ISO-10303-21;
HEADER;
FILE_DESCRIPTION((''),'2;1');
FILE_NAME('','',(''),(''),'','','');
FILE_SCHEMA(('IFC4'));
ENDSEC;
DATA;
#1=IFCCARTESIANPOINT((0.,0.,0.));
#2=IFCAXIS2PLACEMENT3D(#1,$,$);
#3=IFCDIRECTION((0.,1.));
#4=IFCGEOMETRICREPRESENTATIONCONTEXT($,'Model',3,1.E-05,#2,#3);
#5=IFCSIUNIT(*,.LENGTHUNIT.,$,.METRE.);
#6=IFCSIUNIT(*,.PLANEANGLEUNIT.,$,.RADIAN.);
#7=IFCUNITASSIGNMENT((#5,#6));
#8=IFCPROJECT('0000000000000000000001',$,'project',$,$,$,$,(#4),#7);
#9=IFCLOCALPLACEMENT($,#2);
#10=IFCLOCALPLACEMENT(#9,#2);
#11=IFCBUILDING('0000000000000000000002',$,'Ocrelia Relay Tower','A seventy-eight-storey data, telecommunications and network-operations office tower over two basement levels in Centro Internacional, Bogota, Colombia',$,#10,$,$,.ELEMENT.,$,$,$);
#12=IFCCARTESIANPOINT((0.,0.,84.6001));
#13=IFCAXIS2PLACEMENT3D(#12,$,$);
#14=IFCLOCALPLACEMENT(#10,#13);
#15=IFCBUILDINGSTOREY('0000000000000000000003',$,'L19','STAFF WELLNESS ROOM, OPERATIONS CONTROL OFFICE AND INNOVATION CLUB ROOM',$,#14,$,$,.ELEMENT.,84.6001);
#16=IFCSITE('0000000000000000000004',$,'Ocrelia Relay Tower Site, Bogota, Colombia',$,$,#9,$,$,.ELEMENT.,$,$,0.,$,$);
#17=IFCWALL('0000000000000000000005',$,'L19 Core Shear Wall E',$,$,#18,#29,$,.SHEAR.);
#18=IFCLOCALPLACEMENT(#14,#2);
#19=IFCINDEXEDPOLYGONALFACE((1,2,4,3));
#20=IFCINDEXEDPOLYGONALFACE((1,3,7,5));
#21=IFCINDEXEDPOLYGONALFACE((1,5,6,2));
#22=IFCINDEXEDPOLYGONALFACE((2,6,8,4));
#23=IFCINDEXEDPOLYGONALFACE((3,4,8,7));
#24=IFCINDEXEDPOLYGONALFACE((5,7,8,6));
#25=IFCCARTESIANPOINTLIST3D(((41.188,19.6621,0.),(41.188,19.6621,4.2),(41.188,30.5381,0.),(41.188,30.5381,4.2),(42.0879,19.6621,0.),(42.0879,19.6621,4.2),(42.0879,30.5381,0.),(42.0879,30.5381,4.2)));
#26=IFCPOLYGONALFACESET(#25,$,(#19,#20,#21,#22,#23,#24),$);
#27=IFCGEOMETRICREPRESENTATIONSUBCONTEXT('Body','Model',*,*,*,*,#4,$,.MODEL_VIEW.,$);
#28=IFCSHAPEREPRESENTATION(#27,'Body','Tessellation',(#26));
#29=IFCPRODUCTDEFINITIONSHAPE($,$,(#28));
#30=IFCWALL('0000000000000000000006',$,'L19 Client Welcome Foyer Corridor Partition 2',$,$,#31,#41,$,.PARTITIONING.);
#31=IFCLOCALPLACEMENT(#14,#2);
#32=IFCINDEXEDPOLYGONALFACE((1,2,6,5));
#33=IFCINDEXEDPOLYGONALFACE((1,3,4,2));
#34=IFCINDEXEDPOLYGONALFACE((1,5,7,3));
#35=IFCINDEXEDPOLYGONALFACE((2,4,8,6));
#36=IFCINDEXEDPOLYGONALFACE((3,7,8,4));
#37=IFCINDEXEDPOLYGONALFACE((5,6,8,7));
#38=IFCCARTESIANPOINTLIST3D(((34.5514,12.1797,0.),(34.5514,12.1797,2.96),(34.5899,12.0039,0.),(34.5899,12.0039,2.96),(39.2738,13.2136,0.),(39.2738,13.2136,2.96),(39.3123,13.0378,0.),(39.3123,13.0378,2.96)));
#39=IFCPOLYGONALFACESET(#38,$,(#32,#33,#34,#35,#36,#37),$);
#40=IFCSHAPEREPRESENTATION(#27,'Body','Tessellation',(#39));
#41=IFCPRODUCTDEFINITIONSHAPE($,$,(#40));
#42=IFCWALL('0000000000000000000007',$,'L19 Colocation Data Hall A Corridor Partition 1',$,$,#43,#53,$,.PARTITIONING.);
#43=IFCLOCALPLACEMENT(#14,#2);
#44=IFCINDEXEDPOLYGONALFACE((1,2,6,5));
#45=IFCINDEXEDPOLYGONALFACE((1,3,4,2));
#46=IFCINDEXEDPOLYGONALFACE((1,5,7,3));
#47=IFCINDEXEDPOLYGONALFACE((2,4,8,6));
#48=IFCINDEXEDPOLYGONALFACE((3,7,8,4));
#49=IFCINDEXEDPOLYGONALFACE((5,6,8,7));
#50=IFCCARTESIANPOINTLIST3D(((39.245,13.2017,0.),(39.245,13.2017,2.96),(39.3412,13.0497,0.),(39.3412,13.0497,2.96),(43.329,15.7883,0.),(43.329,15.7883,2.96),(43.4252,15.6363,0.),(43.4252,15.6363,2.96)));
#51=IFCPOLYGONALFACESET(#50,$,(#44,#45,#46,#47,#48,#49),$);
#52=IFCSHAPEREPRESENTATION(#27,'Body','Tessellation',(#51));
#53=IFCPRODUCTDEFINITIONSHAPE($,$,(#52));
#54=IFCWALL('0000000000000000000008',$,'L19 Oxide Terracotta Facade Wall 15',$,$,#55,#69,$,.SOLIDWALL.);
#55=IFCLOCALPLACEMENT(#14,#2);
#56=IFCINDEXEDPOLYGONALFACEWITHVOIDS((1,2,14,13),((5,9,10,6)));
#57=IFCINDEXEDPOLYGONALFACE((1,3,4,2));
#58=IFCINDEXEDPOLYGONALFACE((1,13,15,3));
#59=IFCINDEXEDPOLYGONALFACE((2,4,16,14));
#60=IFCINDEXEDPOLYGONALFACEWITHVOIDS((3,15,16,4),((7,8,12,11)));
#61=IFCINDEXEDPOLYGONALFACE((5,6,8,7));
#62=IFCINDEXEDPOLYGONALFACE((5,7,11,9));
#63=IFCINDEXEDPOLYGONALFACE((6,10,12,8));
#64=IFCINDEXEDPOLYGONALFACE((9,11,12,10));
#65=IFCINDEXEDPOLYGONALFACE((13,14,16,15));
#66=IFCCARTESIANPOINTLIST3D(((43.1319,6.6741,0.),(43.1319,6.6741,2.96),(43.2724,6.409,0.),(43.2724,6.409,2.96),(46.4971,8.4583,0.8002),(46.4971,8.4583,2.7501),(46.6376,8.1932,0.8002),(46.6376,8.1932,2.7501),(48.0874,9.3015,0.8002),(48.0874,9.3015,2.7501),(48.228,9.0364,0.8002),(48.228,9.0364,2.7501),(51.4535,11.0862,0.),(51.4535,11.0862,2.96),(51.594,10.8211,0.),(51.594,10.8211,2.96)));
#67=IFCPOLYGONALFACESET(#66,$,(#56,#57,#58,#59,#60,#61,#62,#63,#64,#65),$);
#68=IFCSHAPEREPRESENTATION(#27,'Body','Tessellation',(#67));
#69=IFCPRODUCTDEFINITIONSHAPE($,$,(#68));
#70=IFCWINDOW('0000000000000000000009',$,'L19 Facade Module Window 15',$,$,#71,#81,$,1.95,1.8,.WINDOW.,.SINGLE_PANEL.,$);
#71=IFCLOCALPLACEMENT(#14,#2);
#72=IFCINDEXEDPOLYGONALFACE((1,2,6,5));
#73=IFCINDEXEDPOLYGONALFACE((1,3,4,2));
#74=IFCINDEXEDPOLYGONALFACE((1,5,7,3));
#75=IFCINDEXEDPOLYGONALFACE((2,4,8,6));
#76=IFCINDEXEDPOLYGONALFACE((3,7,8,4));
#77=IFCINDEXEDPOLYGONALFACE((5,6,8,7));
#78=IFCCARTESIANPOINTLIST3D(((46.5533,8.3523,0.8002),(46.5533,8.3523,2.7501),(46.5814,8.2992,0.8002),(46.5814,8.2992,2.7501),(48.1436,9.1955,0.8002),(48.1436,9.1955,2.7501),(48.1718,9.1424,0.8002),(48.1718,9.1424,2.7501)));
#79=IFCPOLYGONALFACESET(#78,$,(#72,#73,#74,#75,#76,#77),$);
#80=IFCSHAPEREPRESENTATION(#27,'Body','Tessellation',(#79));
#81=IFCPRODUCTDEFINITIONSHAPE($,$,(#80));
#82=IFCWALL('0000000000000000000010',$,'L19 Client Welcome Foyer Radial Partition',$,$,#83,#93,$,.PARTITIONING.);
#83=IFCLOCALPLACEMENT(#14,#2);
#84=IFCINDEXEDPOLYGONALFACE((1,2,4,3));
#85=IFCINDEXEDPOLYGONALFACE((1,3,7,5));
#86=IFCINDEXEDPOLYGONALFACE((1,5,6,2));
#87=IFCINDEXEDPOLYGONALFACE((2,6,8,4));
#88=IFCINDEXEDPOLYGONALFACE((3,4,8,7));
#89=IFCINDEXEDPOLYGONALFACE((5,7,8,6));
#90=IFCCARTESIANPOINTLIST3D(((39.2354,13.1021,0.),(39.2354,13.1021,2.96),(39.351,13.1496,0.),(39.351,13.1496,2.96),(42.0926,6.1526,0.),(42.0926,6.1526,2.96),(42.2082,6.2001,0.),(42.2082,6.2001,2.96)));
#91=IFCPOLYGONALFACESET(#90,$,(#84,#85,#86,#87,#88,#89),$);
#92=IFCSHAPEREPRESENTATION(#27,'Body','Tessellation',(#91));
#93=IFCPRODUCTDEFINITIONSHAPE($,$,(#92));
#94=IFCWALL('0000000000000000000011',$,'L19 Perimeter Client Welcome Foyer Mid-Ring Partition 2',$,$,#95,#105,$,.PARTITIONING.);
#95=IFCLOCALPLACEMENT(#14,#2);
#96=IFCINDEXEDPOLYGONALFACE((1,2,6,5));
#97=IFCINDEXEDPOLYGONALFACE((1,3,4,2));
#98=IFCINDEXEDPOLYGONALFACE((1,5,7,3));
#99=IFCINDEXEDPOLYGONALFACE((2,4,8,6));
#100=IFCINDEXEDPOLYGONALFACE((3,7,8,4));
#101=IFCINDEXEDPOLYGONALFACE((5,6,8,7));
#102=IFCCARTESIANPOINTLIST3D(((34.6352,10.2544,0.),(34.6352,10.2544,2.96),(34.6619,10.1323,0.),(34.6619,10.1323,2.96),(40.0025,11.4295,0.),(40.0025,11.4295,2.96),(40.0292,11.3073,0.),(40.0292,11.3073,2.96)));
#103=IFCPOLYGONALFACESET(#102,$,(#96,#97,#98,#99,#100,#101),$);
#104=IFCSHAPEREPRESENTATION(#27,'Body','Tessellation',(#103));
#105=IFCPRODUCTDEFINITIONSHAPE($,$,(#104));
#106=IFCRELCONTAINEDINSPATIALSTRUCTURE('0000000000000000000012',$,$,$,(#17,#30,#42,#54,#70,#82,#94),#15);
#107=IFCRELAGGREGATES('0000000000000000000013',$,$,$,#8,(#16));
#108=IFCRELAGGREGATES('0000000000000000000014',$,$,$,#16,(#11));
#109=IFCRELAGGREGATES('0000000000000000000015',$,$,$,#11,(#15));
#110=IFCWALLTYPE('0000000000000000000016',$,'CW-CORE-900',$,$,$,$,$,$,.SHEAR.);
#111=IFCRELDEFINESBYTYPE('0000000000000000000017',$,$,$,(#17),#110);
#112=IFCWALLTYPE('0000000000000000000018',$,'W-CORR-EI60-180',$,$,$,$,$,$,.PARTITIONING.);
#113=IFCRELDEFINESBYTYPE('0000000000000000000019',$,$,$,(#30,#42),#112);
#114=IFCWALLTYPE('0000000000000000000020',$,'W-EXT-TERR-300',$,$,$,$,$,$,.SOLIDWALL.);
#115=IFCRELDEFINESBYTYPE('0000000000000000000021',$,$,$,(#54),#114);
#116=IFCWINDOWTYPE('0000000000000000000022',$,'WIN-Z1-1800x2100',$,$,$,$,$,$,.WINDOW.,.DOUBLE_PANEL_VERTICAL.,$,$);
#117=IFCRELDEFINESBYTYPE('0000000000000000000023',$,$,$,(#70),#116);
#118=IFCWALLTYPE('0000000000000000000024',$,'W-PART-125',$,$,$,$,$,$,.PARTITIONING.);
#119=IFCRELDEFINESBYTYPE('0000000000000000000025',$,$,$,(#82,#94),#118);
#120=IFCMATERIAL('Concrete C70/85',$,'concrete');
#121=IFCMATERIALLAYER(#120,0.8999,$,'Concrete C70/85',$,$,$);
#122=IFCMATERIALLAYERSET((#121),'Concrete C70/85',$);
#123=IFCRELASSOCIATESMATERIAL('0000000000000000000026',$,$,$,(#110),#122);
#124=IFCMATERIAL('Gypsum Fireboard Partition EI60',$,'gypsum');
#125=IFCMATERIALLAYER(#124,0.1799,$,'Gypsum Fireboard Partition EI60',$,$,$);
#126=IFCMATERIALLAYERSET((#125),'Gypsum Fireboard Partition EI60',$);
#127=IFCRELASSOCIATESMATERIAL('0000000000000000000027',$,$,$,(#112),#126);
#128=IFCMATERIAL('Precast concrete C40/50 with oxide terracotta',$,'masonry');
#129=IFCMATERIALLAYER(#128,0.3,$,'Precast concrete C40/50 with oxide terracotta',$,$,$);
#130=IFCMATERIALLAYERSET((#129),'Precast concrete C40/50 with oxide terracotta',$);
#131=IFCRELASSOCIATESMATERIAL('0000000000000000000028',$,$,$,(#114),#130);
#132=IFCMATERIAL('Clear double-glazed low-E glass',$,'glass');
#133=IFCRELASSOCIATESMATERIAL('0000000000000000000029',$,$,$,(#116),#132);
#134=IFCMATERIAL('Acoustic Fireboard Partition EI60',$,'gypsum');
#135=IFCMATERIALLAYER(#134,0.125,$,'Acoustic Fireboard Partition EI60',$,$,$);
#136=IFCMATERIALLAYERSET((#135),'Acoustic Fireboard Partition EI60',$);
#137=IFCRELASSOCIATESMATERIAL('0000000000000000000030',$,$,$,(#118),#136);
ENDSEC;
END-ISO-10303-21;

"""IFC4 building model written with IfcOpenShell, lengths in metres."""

from ifc_helpers import new_model, si_unit, direction, frame, frame_2d, origin, place, context, subcontext, project, spatial, rectangle, extrude, material, layer, layer_set, type_object, element, fill, save


model = new_model("IFC4")

# Units and contexts
model_context = context("Model", 3, precision=1e-05, world=origin(), true_north=direction((0.0, 1.0)))
body_context = subcontext(model_context, "Body", "Model", "MODEL_VIEW")
ifc_project = project(units=[si_unit("LENGTHUNIT", "METRE"), si_unit("PLANEANGLEUNIT", "RADIAN")], contexts=[model_context])

# Site, building, storey
site_placement = place(None, origin())
site = spatial("IfcSite", under=ifc_project, at=site_placement, Name="Ocrelia Relay Tower Site, Bogota, Colombia", CompositionType="ELEMENT", RefElevation=0.0)
building_placement = place(site_placement, origin())
building = spatial("IfcBuilding", under=site, at=building_placement, Name="Ocrelia Relay Tower", Description="A seventy-eight-storey data, telecommunications and network-operations office tower over two basement levels in Centro Internacional, Bogota, Colombia", CompositionType="ELEMENT")
storey_placement = place(building_placement, frame((0.0, 0.0, 84.6001)))
storey = spatial("IfcBuildingStorey", under=building, at=storey_placement, Name="L19", Description="STAFF WELLNESS ROOM, OPERATIONS CONTROL OFFICE AND INNOVATION CLUB ROOM", CompositionType="ELEMENT", Elevation=84.6001)

# Shared definitions
ifc_material_1 = material(Name="Concrete C70/85", Category="concrete")

# Walls
ifc_layer_1 = layer(ifc_material_1, 0.8999, Name="Concrete C70/85")
ifc_layer_set_1 = layer_set([ifc_layer_1], Name="Concrete C70/85")
wall_type_1 = type_object("IfcWallType", Name="CW-CORE-900", PredefinedType="SHEAR", material=ifc_layer_set_1)
wall_1_placement = place(storey_placement, frame((41.6379, 19.6621, 0.0), z_axis=(0.0, 0.0, 1.0), x_axis=(0.0, 1.0, 0.0)))
element("IfcWall", 1, at=wall_1_placement, inside=storey, type_object=wall_type_1, Name="L19 Core Shear Wall E", PredefinedType="SHEAR", context=body_context, shape_type="SweptSolid", body=[
    extrude(rectangle(XDim=10.876, YDim=0.8999, at=frame_2d((5.438, 0.0))), origin(), (0.0, 0.0, 1.0), 4.2),
])
ifc_material_2 = material(Name="Gypsum Fireboard Partition EI60", Category="gypsum")
ifc_layer_2 = layer(ifc_material_2, 0.1799, Name="Gypsum Fireboard Partition EI60")
ifc_layer_set_2 = layer_set([ifc_layer_2], Name="Gypsum Fireboard Partition EI60")
wall_type_2 = type_object("IfcWallType", Name="W-CORR-EI60-180", PredefinedType="PARTITIONING", material=ifc_layer_set_2)
for number, where, z_axis, x_axis, name in (
    (2, (34.5708, 12.0918, 0.0), (0.0, 0.0, 1.0), (0.976861, 0.213876, 0.0), "L19 Client Welcome Foyer Corridor Partition 2"),
    (3, (39.2932, 13.1257, 0.0), (0.0, 0.0, 1.0), (0.844805, 0.535074, 0.0), "L19 Colocation Data Hall A Corridor Partition 1"),
):
    element("IfcWall", number, at=place(storey_placement, frame(where, z_axis=z_axis, x_axis=x_axis)), inside=storey, type_object=wall_type_2, Name=name, PredefinedType="PARTITIONING", context=body_context, shape_type="SweptSolid", body=[
        extrude(rectangle(XDim=4.8342, YDim=0.1799, at=frame_2d((2.417, 0.0))), origin(), (0.0, 0.0, 1.0), 2.96),
    ])

# Shared definitions
ifc_material_3 = material(Name="Precast concrete C40/50 with oxide terracotta", Category="masonry")
ifc_layer_3 = layer(ifc_material_3, 0.3, Name="Precast concrete C40/50 with oxide terracotta")
ifc_layer_set_3 = layer_set([ifc_layer_3], Name="Precast concrete C40/50 with oxide terracotta")
wall_type_3 = type_object("IfcWallType", Name="W-EXT-TERR-300", PredefinedType="SOLIDWALL", material=ifc_layer_set_3)

# Wall, opening, window
wall_2_placement = place(storey_placement, frame((43.2021, 6.5415, 0.0), z_axis=(0.0, 0.0, 1.0), x_axis=(0.883498, 0.468434, 0.0)))
wall_2 = element("IfcWall", 4, at=wall_2_placement, inside=storey, type_object=wall_type_3, Name="L19 Oxide Terracotta Facade Wall 15", PredefinedType="SOLIDWALL", context=body_context, shape_type="SweptSolid", body=[
    extrude(rectangle(XDim=9.4189, YDim=0.3, at=frame_2d((4.7095, 0.0))), origin(), (0.0, 0.0, 1.0), 2.96),
])
opening_1_placement = place(wall_2_placement, frame((3.8091, 0.0, 0.8)))
opening_1 = element("IfcOpeningElement", 5, at=opening_1_placement, cuts=wall_2, PredefinedType="OPENING", context=body_context, shape_type="SweptSolid", body=[
    extrude(rectangle(XDim=1.8, YDim=1.95, at=frame_2d((0.8999, 0.9751))), frame((0.0, 0.1602, 0.0), z_axis=(0.0, -1.0, 0.0), x_axis=(1.0, 0.0, 0.0)), (0.0, 0.0, 1.0), 0.3201),
])
ifc_material_4 = material(Name="Clear double-glazed low-E glass", Category="glass")
window_type = type_object("IfcWindowType", Name="WIN-Z1-1800x2100", PartitioningType="DOUBLE_PANEL_VERTICAL", PredefinedType="WINDOW", material=ifc_material_4)
window_placement = place(opening_1_placement, origin())
window = element("IfcWindow", 6, at=window_placement, inside=storey, type_object=window_type, Name="L19 Facade Module Window 15", OverallHeight=1.95, OverallWidth=1.8, PartitioningType="SINGLE_PANEL", PredefinedType="WINDOW", context=body_context, shape_type="SweptSolid", body=[
    extrude(rectangle(XDim=1.8, YDim=1.95, at=frame_2d((0.8999, 0.9751))), frame((0.0, 0.03, 0.0), z_axis=(0.0, -1.0, 0.0), x_axis=(1.0, 0.0, 0.0)), (0.0, 0.0, 1.0), 0.0601),
])
fill(opening_1, window)

# Walls
ifc_material_5 = material(Name="Acoustic Fireboard Partition EI60", Category="gypsum")
ifc_layer_4 = layer(ifc_material_5, 0.125, Name="Acoustic Fireboard Partition EI60")
ifc_layer_set_4 = layer_set([ifc_layer_4], Name="Acoustic Fireboard Partition EI60")
wall_type_4 = type_object("IfcWallType", Name="W-PART-125", PredefinedType="PARTITIONING", material=ifc_layer_set_4)
wall_3_placement = place(storey_placement, frame((39.2932, 13.1257, 0.0), z_axis=(0.0, 0.0, 1.0), x_axis=(0.380253, -0.924883, 0.0)))
element("IfcWall", 7, at=wall_3_placement, inside=storey, type_object=wall_type_4, Name="L19 Client Welcome Foyer Radial Partition", PredefinedType="PARTITIONING", context=body_context, shape_type="SweptSolid", body=[
    extrude(rectangle(XDim=7.5139, YDim=0.125, at=frame_2d((3.7568, 0.0))), origin(), (0.0, 0.0, 1.0), 2.96),
])
wall_4_placement = place(storey_placement, frame((34.6487, 10.1934, 0.0), z_axis=(0.0, 0.0, 1.0), x_axis=(0.976863, 0.213866, 0.0)))
element("IfcWall", 8, at=wall_4_placement, inside=storey, type_object=wall_type_4, Name="L19 Perimeter Client Welcome Foyer Mid-Ring Partition 2", PredefinedType="PARTITIONING", context=body_context, shape_type="SweptSolid", body=[
    extrude(rectangle(XDim=5.4944, YDim=0.125, at=frame_2d((2.7471, 0.0))), origin(), (0.0, 0.0, 1.0), 2.96),
])

save(model, "model.ifc")
